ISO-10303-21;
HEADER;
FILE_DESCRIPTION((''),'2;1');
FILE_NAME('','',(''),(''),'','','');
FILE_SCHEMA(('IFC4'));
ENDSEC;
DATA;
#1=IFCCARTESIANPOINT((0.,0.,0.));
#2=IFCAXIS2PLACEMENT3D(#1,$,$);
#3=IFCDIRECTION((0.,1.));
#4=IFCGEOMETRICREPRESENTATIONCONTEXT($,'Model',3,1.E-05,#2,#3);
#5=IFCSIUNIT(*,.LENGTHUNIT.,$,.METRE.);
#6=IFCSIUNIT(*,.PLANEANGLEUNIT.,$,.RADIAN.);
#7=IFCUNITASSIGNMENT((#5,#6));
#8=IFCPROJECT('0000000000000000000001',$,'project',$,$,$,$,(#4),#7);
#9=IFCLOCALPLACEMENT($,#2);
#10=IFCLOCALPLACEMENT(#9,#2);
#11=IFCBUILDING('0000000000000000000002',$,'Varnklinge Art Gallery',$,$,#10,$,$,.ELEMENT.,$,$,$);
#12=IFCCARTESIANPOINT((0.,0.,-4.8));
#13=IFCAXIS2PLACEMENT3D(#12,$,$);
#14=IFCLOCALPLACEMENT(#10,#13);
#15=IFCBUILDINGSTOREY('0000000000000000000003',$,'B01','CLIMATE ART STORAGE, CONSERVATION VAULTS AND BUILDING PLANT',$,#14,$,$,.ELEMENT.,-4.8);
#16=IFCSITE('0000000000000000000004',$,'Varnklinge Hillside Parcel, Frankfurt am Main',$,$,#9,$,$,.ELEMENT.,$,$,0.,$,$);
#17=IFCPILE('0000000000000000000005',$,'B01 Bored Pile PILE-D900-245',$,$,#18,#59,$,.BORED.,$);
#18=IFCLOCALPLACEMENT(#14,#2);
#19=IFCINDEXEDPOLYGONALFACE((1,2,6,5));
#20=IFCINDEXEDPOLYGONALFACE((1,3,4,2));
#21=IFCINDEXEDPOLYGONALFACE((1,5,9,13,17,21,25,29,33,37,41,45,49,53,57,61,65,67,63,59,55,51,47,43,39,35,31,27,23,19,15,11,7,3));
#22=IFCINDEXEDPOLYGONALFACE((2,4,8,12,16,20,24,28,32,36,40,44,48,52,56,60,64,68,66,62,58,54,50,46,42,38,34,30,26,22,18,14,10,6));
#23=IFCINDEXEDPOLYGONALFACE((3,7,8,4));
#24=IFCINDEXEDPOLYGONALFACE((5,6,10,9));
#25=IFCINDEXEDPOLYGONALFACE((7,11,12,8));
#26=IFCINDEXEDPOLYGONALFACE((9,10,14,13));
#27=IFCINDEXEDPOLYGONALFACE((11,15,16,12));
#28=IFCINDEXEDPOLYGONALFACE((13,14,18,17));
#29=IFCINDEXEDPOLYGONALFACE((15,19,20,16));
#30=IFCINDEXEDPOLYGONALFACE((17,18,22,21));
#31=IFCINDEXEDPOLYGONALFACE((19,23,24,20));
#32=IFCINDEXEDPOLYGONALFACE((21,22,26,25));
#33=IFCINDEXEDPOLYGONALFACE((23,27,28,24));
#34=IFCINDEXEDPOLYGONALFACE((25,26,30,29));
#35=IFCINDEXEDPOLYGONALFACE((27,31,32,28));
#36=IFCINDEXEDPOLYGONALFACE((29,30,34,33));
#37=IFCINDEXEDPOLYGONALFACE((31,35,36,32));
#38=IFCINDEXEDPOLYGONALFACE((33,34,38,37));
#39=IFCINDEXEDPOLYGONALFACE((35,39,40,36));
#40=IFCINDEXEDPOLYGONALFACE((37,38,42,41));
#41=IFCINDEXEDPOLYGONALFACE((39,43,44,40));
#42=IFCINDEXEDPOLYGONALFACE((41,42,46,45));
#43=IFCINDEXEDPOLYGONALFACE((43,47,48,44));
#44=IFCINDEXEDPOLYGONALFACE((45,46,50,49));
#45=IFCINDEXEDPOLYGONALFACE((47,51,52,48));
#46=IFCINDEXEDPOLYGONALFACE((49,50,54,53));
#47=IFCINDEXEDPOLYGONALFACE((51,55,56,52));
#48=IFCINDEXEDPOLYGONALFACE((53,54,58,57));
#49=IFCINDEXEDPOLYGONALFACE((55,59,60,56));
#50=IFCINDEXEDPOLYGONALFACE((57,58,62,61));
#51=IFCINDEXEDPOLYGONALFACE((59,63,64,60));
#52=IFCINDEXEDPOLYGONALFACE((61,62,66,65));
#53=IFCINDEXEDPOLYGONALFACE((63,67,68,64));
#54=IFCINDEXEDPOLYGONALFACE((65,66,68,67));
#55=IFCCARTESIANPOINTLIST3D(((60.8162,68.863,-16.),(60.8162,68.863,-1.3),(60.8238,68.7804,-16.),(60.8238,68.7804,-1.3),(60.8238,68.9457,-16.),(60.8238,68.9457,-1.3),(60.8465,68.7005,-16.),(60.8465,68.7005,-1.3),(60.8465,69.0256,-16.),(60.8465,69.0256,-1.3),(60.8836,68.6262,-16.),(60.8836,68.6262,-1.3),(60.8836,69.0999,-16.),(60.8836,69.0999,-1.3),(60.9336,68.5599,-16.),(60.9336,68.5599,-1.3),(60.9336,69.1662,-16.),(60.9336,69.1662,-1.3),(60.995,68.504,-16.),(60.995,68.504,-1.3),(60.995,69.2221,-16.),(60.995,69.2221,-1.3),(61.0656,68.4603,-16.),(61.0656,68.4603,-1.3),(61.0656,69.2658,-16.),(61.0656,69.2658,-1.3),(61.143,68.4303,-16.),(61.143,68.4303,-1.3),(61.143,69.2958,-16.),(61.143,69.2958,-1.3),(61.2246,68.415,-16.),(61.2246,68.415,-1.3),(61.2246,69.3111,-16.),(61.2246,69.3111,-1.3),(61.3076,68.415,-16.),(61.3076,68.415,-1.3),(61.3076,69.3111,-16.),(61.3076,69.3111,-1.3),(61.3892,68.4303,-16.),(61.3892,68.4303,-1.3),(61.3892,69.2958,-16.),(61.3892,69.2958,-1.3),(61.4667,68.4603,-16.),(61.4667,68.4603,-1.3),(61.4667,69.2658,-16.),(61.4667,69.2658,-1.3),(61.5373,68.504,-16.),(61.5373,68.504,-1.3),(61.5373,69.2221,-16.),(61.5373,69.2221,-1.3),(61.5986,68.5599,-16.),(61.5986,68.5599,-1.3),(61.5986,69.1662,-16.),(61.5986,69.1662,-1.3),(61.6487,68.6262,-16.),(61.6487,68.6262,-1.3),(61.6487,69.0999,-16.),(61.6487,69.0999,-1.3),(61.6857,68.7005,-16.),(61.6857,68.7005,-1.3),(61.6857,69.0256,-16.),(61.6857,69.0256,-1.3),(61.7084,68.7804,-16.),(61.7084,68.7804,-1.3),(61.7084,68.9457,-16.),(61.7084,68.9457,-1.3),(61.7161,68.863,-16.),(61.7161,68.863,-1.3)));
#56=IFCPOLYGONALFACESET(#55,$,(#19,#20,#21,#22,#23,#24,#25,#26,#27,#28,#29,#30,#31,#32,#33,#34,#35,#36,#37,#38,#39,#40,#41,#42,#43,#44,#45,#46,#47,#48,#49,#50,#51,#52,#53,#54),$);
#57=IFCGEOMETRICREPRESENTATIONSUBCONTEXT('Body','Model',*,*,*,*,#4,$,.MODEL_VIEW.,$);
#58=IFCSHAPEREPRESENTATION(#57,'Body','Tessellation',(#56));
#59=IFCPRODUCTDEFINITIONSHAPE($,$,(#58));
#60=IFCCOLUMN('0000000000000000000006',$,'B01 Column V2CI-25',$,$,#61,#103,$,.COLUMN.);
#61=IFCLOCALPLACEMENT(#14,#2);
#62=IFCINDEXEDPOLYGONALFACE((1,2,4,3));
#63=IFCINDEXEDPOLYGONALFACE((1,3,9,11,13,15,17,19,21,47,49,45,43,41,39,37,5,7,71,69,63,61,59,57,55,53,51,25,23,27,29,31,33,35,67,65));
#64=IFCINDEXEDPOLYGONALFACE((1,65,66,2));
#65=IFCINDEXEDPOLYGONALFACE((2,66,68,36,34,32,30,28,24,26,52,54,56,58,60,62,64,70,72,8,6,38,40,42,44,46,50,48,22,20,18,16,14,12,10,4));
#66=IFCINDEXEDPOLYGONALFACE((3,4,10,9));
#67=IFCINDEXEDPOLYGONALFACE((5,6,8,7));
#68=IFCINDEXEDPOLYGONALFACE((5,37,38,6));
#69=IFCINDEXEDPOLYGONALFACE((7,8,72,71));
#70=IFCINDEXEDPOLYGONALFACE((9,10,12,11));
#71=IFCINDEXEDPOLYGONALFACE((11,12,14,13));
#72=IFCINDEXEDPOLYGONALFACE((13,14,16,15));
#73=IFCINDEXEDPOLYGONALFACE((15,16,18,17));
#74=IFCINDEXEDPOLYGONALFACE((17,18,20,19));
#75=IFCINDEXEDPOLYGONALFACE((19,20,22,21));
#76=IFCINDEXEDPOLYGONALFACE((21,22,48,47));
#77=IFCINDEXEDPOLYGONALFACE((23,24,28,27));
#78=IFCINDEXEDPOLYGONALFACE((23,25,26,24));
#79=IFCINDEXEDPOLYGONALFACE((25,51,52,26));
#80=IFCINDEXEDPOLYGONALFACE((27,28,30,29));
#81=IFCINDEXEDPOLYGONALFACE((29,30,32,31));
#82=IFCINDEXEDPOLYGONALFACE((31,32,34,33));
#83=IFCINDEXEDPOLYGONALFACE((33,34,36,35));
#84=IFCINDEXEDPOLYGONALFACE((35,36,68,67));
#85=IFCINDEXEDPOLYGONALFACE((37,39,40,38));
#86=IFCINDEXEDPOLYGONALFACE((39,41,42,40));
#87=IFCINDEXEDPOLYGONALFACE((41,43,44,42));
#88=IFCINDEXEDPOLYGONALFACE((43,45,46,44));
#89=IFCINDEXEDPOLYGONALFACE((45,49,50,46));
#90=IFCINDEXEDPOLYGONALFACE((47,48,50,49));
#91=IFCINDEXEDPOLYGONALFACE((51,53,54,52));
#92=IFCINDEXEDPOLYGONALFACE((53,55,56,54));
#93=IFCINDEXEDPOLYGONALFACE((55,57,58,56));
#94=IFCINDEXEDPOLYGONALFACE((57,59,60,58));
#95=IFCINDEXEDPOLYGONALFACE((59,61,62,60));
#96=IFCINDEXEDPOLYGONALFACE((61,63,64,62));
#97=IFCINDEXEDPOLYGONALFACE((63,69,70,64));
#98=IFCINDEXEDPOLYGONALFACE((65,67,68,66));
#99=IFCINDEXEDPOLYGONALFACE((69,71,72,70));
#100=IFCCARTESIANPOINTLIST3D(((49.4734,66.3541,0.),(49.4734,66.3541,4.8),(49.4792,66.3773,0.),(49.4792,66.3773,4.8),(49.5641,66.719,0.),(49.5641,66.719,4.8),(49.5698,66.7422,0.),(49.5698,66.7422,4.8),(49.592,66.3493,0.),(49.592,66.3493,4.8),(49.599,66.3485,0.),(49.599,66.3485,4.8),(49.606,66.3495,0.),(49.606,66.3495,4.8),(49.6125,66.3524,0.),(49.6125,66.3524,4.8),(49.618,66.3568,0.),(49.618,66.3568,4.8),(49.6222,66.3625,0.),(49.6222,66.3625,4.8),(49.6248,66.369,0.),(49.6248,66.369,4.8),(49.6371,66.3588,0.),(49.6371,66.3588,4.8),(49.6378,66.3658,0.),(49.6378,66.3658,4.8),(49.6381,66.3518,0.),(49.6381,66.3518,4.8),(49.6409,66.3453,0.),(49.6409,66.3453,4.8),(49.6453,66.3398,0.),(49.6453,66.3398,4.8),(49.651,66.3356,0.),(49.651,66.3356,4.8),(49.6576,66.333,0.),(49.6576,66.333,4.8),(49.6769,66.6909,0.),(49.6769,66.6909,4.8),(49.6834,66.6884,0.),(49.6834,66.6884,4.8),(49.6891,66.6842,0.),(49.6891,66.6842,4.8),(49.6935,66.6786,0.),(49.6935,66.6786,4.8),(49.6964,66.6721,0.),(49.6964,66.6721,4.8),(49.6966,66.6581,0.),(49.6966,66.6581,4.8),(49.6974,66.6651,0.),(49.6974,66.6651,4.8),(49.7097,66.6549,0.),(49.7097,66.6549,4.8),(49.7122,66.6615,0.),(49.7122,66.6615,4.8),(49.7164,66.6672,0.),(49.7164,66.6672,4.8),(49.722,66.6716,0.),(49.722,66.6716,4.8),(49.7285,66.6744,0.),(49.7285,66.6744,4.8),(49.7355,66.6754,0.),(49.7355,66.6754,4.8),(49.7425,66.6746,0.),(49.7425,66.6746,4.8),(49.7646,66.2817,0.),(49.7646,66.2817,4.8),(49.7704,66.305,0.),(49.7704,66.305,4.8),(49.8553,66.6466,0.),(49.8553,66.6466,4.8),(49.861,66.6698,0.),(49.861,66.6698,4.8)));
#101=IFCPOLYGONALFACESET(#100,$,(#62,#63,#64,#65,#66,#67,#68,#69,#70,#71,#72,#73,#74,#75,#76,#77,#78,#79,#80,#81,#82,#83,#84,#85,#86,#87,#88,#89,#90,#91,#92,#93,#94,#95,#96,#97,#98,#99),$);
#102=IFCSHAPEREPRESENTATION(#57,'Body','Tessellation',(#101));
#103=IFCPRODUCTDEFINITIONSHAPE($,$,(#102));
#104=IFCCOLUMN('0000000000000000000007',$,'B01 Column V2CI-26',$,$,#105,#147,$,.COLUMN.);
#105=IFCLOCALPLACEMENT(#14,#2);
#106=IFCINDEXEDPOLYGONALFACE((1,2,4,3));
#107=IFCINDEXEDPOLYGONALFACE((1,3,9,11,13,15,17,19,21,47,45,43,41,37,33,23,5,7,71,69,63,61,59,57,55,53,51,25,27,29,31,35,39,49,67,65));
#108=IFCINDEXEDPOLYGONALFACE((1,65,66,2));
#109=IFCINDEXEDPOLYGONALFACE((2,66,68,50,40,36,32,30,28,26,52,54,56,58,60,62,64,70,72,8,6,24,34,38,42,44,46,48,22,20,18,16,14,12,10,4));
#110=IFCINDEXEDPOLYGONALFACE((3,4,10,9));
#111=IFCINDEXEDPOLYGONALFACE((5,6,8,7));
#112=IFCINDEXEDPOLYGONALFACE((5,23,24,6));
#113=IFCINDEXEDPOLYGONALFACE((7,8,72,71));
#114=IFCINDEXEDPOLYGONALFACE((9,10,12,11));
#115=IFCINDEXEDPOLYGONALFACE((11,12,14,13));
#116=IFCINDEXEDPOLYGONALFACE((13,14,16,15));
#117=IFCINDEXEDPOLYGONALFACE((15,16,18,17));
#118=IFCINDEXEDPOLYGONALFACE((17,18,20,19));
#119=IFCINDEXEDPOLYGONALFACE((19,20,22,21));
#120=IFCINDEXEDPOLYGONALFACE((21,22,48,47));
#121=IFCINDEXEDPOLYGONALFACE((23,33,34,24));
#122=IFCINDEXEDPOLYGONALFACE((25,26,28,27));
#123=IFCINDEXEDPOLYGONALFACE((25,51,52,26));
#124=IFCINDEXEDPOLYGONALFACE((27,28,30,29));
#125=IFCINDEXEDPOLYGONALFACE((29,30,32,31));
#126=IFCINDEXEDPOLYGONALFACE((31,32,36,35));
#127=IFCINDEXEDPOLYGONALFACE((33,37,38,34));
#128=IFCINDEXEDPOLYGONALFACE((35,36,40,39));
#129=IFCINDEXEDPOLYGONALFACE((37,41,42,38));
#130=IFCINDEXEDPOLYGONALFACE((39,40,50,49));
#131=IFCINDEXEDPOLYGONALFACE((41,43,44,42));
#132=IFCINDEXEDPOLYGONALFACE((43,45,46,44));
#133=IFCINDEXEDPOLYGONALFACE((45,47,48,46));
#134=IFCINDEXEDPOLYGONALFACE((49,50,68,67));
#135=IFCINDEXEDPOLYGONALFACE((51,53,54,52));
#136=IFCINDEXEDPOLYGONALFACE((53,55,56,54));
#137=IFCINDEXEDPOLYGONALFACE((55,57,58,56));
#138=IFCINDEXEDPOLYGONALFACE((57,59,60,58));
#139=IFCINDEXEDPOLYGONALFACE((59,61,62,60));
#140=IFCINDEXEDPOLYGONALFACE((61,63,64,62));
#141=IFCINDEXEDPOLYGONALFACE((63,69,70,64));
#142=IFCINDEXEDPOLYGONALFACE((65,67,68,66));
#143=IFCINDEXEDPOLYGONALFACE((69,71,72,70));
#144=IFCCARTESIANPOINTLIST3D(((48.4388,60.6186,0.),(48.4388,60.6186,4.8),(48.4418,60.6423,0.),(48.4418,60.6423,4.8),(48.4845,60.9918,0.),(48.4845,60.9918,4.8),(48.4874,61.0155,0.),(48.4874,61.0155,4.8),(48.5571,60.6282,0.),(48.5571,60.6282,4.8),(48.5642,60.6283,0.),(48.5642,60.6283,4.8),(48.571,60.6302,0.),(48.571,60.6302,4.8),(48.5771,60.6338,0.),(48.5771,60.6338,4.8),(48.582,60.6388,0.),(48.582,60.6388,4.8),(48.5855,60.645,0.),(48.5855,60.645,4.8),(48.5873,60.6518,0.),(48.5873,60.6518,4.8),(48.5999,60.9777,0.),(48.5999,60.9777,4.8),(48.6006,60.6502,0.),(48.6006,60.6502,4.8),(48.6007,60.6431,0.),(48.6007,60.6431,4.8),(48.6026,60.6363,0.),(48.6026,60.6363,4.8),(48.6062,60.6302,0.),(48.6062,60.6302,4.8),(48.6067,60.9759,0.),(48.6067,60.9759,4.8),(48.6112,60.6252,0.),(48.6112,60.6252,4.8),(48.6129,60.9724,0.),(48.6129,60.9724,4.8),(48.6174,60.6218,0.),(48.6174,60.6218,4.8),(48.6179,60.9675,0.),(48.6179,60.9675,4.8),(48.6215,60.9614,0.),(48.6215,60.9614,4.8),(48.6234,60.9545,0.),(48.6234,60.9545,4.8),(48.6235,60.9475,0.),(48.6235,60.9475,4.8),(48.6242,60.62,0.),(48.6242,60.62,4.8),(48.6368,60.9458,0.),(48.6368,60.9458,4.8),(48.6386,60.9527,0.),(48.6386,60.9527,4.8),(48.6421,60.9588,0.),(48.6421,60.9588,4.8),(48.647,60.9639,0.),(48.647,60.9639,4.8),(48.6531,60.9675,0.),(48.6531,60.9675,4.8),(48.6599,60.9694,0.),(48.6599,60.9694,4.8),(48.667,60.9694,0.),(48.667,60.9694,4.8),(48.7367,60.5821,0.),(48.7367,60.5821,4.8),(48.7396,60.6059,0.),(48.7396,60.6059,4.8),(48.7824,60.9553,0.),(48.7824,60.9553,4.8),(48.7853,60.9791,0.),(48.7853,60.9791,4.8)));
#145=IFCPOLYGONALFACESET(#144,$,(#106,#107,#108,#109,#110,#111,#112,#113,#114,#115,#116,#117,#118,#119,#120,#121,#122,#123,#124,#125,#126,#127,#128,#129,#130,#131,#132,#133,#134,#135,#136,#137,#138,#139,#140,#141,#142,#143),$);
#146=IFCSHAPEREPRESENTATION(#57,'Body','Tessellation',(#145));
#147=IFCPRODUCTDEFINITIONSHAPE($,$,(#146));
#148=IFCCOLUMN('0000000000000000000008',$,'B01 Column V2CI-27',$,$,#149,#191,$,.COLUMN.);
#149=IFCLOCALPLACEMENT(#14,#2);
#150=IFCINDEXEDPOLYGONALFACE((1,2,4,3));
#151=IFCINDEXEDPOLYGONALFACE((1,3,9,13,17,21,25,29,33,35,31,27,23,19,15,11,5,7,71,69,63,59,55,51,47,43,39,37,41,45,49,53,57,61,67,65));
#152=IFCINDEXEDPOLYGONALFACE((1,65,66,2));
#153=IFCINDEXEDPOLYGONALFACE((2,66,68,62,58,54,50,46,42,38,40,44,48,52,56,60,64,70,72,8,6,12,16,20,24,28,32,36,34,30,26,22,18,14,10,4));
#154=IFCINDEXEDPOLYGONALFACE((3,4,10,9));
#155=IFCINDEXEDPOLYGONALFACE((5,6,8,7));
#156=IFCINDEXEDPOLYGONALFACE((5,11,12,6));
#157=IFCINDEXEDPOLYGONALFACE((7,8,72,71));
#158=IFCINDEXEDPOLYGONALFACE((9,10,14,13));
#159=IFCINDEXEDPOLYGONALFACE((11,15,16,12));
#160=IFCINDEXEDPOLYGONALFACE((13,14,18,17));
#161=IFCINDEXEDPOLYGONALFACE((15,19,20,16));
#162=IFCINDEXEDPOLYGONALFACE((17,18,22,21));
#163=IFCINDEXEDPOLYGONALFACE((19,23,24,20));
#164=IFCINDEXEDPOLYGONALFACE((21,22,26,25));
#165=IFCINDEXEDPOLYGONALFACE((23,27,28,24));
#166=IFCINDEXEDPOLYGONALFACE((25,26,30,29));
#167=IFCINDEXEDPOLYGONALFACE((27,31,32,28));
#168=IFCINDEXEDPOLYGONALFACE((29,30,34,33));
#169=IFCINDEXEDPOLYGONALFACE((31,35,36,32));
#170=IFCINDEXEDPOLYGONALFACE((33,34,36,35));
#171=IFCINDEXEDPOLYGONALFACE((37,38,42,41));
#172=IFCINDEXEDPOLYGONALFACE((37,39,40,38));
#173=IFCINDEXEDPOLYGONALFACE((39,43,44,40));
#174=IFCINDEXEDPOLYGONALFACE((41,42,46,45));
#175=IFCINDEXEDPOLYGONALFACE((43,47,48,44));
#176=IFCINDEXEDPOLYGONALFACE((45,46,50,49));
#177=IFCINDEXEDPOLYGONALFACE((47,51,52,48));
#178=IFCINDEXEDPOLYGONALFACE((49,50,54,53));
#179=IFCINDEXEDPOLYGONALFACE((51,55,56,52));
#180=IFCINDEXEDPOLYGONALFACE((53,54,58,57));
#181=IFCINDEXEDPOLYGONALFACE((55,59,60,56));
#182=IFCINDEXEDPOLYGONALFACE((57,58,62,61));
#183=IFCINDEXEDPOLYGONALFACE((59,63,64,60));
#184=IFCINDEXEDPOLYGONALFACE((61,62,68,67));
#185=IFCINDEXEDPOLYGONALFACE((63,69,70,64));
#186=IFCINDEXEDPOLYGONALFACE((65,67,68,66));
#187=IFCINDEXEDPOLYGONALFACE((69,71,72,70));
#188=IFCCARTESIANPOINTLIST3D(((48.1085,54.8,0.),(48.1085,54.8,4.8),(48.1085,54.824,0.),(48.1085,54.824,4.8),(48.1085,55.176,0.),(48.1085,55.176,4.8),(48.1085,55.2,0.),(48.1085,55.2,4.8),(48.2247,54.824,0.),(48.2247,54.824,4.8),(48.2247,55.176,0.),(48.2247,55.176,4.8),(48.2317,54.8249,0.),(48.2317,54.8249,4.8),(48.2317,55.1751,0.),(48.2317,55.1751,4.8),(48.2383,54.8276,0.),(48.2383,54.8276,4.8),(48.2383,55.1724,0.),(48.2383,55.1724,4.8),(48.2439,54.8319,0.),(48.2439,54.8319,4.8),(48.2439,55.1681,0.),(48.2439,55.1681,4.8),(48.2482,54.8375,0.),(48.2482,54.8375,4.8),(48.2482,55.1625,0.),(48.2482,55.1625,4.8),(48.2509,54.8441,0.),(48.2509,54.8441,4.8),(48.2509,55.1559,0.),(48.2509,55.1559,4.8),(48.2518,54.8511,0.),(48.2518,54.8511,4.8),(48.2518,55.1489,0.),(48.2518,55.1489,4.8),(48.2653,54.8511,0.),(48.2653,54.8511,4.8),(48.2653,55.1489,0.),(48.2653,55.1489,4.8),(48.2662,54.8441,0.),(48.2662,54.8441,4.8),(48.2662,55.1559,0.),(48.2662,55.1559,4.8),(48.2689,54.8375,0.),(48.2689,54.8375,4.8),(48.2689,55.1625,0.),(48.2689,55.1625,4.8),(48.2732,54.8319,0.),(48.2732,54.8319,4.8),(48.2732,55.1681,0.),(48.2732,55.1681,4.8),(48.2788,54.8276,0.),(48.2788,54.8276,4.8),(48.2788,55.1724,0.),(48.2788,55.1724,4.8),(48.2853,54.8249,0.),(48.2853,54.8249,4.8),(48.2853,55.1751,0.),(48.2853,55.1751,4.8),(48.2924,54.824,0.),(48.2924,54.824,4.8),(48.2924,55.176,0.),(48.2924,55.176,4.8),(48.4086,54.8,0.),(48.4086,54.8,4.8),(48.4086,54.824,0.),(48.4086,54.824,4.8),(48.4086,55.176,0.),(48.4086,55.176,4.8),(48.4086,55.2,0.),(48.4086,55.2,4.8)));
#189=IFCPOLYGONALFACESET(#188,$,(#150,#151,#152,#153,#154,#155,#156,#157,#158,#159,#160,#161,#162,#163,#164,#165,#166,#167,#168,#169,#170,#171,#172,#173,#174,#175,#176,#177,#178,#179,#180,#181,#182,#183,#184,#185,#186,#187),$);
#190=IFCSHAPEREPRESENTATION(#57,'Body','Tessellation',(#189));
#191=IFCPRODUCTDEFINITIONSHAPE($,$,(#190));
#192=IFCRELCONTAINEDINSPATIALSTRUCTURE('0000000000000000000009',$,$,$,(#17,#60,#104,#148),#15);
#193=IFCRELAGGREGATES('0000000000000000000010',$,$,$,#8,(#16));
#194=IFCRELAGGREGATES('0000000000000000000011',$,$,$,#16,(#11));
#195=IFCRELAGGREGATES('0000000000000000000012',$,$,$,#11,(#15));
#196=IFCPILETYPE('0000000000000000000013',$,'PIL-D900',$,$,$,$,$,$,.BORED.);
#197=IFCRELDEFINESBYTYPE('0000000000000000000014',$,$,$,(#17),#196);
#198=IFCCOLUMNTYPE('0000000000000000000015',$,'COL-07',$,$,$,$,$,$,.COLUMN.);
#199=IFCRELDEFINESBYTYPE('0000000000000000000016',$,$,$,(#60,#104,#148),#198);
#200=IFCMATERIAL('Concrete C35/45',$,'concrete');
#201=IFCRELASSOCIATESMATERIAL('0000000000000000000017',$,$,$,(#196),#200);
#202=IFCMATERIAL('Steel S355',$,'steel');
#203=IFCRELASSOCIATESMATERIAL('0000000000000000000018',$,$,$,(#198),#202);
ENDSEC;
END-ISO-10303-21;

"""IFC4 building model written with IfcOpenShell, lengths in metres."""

from ifc_helpers import new_model, si_unit, direction, frame, origin, origin_2d, place, context, subcontext, project, spatial, circle, i_section, extrude, material, material_profile, profile_set, type_object, element, save


model = new_model("IFC4")

# Units and contexts
model_context = context("Model", 3, precision=1e-05, world=origin(), true_north=direction((0.0, 1.0)))
body_context = subcontext(model_context, "Body", "Model", "MODEL_VIEW")
ifc_project = project(units=[si_unit("LENGTHUNIT", "METRE"), si_unit("PLANEANGLEUNIT", "RADIAN")], contexts=[model_context])

# Site, building, storey
site_placement = place(None, origin())
site = spatial("IfcSite", under=ifc_project, at=site_placement, Name="Varnklinge Hillside Parcel, Frankfurt am Main", CompositionType="ELEMENT", RefElevation=0.0)
building_placement = place(site_placement, origin())
building = spatial("IfcBuilding", under=site, at=building_placement, Name="Varnklinge Art Gallery", CompositionType="ELEMENT")
storey_placement = place(building_placement, frame((0.0, 0.0, -4.8)))
storey = spatial("IfcBuildingStorey", under=building, at=storey_placement, Name="B01", Description="CLIMATE ART STORAGE, CONSERVATION VAULTS AND BUILDING PLANT", CompositionType="ELEMENT", Elevation=-4.8)

# Pile
ifc_material_1 = material(Name="Concrete C35/45", Category="concrete")
ifc_material_profile_1 = material_profile(ifc_material_1, circle(Radius=0.45, at=origin_2d()), Name="PILE D900")
ifc_profile_set_1 = profile_set([ifc_material_profile_1], Name="Concrete C35/45")
pile_type_1 = type_object("IfcPileType", Name="PIL-D900", PredefinedType="BORED", material=ifc_profile_set_1)
pile_1_placement = place(storey_placement, frame((61.2661, 68.863, -1.3), z_axis=(0.0, 0.0, -1.0), x_axis=(1.0, 0.0, 0.0)))
element("IfcPile", 1, at=pile_1_placement, inside=storey, type_object=pile_type_1, Name="B01 Bored Pile PILE-D900-245", PredefinedType="BORED", context=body_context, shape_type="SweptSolid", body=[
    extrude(circle(Radius=0.45, at=origin_2d()), origin(), (0.0, 0.0, 1.0), 14.7),
])

# Columns
ifc_material_2 = material(Name="Steel S355", Category="steel")
ifc_material_profile_2 = material_profile(ifc_material_2, i_section(OverallWidth=0.3, OverallDepth=0.3999, WebThickness=0.0134, FlangeThickness=0.0239, FilletRadius=0.0271, at=origin_2d()), Name="HEB 400")
ifc_profile_set_2 = profile_set([ifc_material_profile_2], Name="Steel S355")
column_type_1 = type_object("IfcColumnType", Name="COL-07", PredefinedType="COLUMN", material=ifc_profile_set_2)
for number, where, z_axis, x_axis, name in (
    (2, (49.6672, 66.512, 0.0), (0.0, 0.0, 1.0), (0.970506, -0.241075, 0.0), "B01 Column V2CI-25"),
    (3, (48.6121, 60.7988, 0.0), (0.0, 0.0, 1.0), (0.992589, -0.121523, 0.0), "B01 Column V2CI-26"),
    (4, (48.2585, 55.0, 0.0), (0.0, 0.0, 1.0), (1.0, 0.0, 0.0), "B01 Column V2CI-27"),
):
    element("IfcColumn", number, at=place(storey_placement, frame(where, z_axis=z_axis, x_axis=x_axis)), inside=storey, type_object=column_type_1, Name=name, PredefinedType="COLUMN", context=body_context, shape_type="SweptSolid", body=[
        extrude(i_section(OverallWidth=0.3, OverallDepth=0.3999, WebThickness=0.0134, FlangeThickness=0.0239, FilletRadius=0.0271, at=origin_2d()), origin(), (0.0, 0.0, 1.0), 4.8),
    ])

save(model, "model.ifc")
